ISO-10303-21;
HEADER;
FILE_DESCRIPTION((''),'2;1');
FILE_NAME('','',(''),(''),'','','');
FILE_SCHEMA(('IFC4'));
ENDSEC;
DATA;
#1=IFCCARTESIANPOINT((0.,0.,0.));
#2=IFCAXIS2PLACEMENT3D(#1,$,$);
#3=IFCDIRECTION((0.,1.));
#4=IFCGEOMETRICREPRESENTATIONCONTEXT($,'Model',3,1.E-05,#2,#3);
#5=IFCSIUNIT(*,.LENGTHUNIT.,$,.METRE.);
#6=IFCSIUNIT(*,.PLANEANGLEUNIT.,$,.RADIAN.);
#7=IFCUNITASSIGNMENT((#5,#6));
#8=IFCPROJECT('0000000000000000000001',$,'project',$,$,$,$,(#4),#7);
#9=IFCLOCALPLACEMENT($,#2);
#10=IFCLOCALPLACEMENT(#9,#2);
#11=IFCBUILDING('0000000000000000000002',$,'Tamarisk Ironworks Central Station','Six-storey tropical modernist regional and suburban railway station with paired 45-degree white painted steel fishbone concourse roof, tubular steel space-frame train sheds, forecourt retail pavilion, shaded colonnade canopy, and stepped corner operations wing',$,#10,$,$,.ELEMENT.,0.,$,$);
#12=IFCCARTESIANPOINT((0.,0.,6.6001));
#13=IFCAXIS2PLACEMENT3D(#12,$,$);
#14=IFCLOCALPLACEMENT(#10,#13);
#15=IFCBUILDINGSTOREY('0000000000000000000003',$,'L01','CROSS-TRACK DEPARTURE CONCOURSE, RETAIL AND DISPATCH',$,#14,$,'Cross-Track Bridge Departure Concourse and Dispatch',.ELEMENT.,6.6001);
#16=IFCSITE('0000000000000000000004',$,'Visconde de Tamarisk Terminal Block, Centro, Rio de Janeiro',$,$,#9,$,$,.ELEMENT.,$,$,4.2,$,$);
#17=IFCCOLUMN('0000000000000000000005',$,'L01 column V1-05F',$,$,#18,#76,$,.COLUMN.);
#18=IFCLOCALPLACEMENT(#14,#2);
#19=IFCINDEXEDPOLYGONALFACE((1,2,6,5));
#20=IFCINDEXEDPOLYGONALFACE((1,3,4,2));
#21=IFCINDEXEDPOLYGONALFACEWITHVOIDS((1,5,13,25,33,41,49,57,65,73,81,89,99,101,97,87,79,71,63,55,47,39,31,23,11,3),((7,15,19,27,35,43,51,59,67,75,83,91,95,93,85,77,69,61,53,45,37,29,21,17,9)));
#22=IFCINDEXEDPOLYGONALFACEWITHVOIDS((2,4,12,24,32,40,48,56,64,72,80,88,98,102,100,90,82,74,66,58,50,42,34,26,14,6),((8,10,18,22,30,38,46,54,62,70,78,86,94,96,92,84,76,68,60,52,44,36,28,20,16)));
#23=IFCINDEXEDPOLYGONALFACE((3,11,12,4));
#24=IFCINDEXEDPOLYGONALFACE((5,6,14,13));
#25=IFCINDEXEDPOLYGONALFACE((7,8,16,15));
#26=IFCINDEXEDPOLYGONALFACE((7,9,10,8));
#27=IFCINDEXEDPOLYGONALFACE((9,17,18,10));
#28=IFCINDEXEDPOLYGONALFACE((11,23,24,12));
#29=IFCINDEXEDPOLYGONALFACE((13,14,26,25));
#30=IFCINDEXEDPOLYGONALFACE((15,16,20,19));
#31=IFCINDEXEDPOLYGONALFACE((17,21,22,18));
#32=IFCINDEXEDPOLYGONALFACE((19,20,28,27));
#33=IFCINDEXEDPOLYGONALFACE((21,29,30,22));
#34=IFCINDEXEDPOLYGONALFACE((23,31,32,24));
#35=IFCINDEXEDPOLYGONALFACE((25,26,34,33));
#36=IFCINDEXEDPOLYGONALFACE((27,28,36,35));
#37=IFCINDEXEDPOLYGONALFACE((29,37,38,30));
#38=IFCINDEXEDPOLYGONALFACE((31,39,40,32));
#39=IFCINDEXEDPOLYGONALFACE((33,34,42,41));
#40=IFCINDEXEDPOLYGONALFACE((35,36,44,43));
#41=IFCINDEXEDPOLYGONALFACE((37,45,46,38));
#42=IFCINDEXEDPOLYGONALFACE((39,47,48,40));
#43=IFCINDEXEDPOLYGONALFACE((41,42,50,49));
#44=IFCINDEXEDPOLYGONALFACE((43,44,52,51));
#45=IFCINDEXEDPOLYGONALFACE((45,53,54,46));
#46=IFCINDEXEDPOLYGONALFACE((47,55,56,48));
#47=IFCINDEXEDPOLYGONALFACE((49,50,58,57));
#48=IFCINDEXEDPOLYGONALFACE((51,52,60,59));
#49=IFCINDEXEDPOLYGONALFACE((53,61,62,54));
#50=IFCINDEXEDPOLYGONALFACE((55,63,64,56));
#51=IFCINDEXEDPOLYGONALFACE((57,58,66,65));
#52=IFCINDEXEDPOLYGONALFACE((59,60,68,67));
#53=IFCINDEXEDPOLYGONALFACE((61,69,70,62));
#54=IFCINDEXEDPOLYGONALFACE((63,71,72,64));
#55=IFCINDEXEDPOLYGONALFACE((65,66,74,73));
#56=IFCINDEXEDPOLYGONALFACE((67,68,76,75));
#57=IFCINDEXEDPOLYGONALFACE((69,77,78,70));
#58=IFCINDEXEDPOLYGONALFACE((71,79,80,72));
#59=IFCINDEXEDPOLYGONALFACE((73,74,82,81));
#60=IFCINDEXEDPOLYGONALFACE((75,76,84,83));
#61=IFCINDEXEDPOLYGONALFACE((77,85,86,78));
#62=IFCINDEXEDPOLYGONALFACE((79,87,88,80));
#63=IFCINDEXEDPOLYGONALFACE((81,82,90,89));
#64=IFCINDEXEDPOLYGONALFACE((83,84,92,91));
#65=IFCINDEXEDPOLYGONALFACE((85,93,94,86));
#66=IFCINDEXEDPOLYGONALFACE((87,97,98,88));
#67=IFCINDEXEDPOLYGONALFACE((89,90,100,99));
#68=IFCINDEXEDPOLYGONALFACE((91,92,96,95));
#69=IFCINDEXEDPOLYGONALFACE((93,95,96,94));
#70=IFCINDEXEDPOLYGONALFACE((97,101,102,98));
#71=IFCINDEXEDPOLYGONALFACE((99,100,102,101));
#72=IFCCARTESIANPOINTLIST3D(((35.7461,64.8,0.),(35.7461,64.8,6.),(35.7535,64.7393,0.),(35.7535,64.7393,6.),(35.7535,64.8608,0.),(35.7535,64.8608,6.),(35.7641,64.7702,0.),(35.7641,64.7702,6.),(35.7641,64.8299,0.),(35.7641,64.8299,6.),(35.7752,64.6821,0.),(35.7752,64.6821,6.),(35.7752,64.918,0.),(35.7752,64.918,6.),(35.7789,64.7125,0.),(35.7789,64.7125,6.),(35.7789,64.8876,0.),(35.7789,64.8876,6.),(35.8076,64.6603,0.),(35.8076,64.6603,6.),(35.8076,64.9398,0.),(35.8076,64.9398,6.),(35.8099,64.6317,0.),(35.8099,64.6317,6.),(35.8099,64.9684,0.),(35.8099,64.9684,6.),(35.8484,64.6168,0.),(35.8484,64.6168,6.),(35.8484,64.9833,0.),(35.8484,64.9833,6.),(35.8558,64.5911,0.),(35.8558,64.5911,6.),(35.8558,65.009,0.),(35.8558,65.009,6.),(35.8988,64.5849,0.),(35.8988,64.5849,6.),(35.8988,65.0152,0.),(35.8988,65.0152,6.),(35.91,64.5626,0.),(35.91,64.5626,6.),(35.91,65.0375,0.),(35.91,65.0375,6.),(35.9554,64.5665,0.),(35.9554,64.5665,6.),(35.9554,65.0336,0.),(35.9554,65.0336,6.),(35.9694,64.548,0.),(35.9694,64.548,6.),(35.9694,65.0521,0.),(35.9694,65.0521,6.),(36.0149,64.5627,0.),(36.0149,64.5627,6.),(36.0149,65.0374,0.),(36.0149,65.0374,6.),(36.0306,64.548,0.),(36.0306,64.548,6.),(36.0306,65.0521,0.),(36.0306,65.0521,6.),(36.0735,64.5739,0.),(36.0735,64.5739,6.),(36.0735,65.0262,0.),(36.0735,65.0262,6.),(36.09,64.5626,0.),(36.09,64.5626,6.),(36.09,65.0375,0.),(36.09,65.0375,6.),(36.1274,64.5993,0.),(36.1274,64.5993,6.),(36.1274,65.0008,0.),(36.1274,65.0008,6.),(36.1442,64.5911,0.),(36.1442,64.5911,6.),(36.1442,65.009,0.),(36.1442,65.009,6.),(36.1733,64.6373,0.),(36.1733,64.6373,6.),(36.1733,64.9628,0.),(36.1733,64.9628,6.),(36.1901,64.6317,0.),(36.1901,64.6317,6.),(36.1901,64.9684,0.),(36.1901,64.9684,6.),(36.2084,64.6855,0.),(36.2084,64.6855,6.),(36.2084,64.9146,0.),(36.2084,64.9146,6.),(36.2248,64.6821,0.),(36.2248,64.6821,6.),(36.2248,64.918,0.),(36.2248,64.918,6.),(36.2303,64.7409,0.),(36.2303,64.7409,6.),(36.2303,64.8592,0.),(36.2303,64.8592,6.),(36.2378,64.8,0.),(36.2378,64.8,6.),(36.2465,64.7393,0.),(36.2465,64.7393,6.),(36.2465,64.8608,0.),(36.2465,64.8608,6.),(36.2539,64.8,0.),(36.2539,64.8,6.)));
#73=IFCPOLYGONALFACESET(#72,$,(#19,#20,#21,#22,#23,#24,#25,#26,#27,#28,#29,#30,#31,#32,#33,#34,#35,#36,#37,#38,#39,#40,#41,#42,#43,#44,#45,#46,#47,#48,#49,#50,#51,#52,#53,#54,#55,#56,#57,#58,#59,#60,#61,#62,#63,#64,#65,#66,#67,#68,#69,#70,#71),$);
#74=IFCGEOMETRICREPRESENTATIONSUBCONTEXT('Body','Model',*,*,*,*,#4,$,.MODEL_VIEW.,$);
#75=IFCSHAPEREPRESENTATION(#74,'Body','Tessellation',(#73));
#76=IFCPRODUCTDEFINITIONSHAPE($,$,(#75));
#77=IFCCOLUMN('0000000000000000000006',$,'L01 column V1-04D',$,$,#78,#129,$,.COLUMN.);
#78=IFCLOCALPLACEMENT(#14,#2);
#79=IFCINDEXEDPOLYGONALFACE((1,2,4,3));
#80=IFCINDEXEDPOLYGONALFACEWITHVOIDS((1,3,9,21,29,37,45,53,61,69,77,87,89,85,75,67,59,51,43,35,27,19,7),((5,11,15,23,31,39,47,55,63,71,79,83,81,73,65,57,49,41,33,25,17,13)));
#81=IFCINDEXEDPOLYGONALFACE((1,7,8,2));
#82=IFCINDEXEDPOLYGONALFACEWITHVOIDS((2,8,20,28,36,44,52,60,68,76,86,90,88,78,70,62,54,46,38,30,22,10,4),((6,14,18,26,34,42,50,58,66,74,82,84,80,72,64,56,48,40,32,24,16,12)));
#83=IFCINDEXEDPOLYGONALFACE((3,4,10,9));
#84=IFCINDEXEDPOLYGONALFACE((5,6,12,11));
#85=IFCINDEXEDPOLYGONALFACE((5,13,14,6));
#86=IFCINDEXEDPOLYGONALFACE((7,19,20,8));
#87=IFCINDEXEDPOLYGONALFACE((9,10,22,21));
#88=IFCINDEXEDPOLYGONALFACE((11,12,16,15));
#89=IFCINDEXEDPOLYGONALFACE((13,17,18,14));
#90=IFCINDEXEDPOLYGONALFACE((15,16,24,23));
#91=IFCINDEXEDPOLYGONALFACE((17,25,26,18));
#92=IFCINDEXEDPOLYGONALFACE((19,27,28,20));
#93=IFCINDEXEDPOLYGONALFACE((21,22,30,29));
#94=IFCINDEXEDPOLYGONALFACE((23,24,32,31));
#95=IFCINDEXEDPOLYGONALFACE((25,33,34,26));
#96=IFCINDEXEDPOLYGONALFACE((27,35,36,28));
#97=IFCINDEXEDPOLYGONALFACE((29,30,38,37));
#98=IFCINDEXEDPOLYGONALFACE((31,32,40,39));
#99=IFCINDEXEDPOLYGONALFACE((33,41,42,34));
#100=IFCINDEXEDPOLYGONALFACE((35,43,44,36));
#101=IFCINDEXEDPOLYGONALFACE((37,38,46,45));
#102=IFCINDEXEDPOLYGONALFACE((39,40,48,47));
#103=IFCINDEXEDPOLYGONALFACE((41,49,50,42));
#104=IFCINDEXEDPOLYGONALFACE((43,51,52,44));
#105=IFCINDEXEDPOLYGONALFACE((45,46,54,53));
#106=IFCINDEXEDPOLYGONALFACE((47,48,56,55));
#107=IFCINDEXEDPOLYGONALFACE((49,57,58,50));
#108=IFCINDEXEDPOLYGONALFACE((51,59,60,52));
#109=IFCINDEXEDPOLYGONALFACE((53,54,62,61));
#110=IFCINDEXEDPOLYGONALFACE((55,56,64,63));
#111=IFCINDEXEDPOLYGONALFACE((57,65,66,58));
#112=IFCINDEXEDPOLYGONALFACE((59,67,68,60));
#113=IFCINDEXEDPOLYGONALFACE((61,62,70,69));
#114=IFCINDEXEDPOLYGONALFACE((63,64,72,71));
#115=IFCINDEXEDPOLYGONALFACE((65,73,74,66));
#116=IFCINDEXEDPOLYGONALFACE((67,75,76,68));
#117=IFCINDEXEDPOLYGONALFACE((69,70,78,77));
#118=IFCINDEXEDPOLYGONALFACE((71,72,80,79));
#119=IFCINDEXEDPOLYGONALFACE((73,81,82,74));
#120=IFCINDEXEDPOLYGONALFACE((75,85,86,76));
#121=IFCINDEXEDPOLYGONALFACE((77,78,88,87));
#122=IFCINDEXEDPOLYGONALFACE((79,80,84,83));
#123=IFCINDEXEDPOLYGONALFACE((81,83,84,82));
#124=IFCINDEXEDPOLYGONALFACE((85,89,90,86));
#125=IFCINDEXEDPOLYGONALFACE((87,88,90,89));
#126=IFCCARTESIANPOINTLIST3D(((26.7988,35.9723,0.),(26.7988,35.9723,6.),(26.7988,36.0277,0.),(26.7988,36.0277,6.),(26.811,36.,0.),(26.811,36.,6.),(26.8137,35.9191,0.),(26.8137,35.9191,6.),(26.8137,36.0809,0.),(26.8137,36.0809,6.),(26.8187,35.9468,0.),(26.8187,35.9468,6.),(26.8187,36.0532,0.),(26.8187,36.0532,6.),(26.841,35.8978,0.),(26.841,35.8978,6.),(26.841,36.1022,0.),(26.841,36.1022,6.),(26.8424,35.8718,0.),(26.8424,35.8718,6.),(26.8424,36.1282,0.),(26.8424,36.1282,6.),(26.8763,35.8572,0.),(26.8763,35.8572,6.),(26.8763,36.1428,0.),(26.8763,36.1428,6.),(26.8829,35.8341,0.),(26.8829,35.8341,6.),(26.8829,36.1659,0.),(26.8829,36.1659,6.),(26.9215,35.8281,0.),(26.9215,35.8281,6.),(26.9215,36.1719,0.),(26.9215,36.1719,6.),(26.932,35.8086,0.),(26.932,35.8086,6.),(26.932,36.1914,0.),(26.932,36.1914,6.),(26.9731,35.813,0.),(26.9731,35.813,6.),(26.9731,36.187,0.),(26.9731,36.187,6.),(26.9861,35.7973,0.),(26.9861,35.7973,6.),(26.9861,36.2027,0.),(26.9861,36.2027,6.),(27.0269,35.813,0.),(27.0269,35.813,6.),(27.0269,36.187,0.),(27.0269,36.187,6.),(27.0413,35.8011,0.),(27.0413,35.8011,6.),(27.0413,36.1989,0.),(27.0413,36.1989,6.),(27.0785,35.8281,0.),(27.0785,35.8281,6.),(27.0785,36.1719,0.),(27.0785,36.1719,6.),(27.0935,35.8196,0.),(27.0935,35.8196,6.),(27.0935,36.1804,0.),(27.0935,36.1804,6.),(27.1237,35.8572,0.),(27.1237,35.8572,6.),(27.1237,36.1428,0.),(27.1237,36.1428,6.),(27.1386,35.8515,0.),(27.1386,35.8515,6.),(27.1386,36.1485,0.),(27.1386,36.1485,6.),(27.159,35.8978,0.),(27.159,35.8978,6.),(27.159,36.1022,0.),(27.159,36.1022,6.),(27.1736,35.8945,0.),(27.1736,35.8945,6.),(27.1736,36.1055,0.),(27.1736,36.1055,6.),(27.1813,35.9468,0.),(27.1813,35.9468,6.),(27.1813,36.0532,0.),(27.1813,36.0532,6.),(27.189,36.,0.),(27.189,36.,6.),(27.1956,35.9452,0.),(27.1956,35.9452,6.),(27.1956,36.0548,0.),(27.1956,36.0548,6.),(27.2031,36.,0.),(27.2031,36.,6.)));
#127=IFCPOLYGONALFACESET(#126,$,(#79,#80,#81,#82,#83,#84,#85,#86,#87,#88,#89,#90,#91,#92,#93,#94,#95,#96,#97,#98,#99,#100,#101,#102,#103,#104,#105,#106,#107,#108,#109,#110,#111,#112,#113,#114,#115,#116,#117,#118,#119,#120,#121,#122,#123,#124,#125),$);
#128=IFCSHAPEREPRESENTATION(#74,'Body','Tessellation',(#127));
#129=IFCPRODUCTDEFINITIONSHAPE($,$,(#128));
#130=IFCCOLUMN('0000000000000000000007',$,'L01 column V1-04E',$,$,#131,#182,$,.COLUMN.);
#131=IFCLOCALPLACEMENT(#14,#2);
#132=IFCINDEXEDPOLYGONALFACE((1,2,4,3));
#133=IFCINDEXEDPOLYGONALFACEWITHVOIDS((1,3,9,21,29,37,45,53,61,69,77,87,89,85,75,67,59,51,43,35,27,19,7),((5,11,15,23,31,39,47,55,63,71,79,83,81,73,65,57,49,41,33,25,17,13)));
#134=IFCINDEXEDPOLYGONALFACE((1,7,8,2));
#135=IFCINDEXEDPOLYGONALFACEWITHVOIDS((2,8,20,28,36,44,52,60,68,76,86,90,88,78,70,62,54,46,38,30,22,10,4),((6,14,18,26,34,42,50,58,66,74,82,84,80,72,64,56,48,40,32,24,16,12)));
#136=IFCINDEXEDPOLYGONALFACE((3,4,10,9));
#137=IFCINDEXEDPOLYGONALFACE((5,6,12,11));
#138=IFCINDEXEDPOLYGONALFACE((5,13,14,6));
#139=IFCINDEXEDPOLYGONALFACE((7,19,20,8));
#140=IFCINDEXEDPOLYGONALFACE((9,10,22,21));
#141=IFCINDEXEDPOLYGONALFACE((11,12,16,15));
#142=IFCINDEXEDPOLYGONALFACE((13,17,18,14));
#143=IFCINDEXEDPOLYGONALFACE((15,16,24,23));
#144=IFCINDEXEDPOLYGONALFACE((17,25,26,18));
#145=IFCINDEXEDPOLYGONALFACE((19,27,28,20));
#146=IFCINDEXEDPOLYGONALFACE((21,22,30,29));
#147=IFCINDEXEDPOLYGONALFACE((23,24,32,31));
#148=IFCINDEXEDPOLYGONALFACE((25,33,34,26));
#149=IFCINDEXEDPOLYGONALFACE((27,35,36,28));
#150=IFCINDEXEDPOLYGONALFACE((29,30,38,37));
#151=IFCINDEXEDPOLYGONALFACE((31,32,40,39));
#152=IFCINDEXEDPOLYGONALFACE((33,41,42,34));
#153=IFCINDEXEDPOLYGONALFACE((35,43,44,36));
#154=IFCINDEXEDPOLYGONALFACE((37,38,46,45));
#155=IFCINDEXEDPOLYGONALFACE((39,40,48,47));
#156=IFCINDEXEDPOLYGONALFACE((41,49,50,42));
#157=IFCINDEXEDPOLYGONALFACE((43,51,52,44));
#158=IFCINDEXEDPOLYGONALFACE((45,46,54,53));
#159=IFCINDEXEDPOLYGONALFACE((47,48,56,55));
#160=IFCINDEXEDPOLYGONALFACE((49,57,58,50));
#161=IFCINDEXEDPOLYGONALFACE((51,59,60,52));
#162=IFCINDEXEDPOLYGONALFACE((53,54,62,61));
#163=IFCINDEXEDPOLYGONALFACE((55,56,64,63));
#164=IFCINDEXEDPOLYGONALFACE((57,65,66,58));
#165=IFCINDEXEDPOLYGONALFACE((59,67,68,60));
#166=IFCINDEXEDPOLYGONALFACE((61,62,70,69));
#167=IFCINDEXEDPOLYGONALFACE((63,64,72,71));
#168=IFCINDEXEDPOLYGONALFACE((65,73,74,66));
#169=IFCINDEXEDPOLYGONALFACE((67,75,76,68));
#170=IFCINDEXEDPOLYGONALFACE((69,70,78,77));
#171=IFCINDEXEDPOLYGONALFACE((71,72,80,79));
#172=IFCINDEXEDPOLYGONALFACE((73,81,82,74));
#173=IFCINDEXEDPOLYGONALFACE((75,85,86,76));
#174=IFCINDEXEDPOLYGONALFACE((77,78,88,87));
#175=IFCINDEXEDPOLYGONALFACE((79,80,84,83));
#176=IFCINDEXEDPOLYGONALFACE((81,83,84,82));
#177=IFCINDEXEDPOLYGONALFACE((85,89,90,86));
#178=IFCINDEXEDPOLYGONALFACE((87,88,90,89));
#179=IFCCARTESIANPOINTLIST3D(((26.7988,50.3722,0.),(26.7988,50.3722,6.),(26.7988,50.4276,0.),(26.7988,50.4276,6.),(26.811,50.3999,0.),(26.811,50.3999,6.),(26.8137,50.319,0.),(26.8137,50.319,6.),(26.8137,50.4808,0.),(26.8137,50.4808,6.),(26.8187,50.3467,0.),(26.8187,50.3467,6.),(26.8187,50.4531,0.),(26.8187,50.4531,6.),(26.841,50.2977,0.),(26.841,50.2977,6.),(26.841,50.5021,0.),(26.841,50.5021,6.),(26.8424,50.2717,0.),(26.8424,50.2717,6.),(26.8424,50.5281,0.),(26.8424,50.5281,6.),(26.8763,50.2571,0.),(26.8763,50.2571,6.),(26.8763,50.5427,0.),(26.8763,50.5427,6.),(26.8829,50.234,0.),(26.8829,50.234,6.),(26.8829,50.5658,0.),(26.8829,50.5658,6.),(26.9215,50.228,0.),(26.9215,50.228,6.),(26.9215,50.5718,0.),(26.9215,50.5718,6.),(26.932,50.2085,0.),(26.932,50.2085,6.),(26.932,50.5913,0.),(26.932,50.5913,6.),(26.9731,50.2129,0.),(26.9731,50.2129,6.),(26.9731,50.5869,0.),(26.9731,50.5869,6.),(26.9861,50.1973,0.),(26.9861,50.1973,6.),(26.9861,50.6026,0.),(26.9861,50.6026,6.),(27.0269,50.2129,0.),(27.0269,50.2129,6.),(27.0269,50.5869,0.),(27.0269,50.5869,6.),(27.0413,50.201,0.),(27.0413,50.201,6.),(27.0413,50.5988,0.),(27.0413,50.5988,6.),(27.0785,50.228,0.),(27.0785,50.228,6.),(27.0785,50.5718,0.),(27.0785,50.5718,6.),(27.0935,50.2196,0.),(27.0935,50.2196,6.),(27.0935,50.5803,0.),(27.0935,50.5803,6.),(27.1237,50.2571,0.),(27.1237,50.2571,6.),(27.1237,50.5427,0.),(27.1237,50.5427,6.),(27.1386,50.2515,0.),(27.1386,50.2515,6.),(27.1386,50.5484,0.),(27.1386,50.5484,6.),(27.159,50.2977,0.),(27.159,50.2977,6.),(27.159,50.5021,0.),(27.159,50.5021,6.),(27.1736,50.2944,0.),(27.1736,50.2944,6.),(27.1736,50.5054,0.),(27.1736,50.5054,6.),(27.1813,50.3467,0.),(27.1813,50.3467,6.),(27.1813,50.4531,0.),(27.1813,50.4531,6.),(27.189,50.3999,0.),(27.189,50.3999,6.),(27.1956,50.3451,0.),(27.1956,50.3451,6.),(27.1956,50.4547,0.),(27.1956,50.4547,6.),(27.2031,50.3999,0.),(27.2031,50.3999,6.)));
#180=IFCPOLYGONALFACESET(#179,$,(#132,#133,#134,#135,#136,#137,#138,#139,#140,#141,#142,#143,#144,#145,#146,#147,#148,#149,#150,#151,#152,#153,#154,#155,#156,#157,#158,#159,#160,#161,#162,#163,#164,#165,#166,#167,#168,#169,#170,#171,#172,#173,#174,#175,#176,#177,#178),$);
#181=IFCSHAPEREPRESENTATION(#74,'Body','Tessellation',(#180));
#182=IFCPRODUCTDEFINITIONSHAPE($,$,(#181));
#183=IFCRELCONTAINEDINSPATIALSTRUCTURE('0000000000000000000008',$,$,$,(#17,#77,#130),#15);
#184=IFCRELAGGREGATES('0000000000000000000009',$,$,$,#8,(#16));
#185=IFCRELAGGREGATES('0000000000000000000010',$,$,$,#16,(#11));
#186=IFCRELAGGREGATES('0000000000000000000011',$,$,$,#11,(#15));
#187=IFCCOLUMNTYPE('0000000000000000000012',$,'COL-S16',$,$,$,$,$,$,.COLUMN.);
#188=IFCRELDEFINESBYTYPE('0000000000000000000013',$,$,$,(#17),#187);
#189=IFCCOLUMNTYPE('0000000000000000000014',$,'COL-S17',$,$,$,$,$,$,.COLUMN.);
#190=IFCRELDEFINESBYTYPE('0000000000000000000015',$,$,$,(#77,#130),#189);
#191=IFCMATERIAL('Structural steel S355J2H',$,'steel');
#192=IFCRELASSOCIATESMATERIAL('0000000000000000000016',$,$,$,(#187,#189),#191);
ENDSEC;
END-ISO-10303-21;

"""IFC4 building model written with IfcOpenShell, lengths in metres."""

from ifc_helpers import new_model, si_unit, direction, frame, origin, origin_2d, place, context, subcontext, project, spatial, hollow_circle, extrude, material, material_profile, profile_set, type_object, element, save


model = new_model("IFC4")

# Units and contexts
model_context = context("Model", 3, precision=1e-05, world=origin(), true_north=direction((0.0, 1.0)))
body_context = subcontext(model_context, "Body", "Model", "MODEL_VIEW")
ifc_project = project(units=[si_unit("LENGTHUNIT", "METRE"), si_unit("PLANEANGLEUNIT", "RADIAN")], contexts=[model_context])

# Site, building, storey
site_placement = place(None, origin())
site = spatial("IfcSite", under=ifc_project, at=site_placement, Name="Visconde de Tamarisk Terminal Block, Centro, Rio de Janeiro", CompositionType="ELEMENT", RefElevation=4.2)
building_placement = place(site_placement, origin())
building = spatial("IfcBuilding", under=site, at=building_placement, Name="Tamarisk Ironworks Central Station", Description="Six-storey tropical modernist regional and suburban railway station with paired 45-degree white painted steel fishbone concourse roof, tubular steel space-frame train sheds, forecourt retail pavilion, shaded colonnade canopy, and stepped corner operations wing", CompositionType="ELEMENT", ElevationOfRefHeight=0.0)
storey_placement = place(building_placement, frame((0.0, 0.0, 6.6001)))
storey = spatial("IfcBuildingStorey", under=building, at=storey_placement, Name="L01", Description="CROSS-TRACK DEPARTURE CONCOURSE, RETAIL AND DISPATCH", LongName="Cross-Track Bridge Departure Concourse and Dispatch", CompositionType="ELEMENT", Elevation=6.6001)

# Columns
ifc_material_1 = material(Name="Structural steel S355J2H", Category="steel")
ifc_material_profile_1 = material_profile(ifc_material_1, hollow_circle(Radius=0.2539, WallThickness=0.0161, at=origin_2d()), Name="CHS 508x16")
ifc_profile_set_1 = profile_set([ifc_material_profile_1], Name="Structural steel S355J2H")
column_type_1 = type_object("IfcColumnType", Name="COL-S16", PredefinedType="COLUMN", material=ifc_profile_set_1)
for number, where, z_axis, x_axis, name in (
    (1, (36.0, 64.8, 0.0), (0.0, 0.0, 1.0), (1.0, 0.0, 0.0), "L01 column V1-05F"),
):
    element("IfcColumn", number, at=place(storey_placement, frame(where, z_axis=z_axis, x_axis=x_axis)), inside=storey, type_object=column_type_1, Name=name, PredefinedType="COLUMN", context=body_context, shape_type="SweptSolid", body=[
        extrude(hollow_circle(Radius=0.2539, WallThickness=0.0161, at=origin_2d()), origin(), (0.0, 0.0, 1.0), 6.0),
    ])
ifc_material_profile_2 = material_profile(ifc_material_1, hollow_circle(Radius=0.2031, WallThickness=0.0142, at=origin_2d()), Name="CHS 406.4x14.2")
ifc_profile_set_2 = profile_set([ifc_material_profile_2], Name="Structural steel S355J2H")
column_type_2 = type_object("IfcColumnType", Name="COL-S17", PredefinedType="COLUMN", material=ifc_profile_set_2)
for number, where, z_axis, x_axis, name in (
    (2, (27.0, 36.0, 0.0), (0.0, 0.0, 1.0), (1.0, 0.0, 0.0), "L01 column V1-04D"),
    (3, (27.0, 50.3999, 0.0), (0.0, 0.0, 1.0), (1.0, 0.0, 0.0), "L01 column V1-04E"),
):
    element("IfcColumn", number, at=place(storey_placement, frame(where, z_axis=z_axis, x_axis=x_axis)), inside=storey, type_object=column_type_2, Name=name, PredefinedType="COLUMN", context=body_context, shape_type="SweptSolid", body=[
        extrude(hollow_circle(Radius=0.2031, WallThickness=0.0142, at=origin_2d()), origin(), (0.0, 0.0, 1.0), 6.0),
    ])

save(model, "model.ifc")
